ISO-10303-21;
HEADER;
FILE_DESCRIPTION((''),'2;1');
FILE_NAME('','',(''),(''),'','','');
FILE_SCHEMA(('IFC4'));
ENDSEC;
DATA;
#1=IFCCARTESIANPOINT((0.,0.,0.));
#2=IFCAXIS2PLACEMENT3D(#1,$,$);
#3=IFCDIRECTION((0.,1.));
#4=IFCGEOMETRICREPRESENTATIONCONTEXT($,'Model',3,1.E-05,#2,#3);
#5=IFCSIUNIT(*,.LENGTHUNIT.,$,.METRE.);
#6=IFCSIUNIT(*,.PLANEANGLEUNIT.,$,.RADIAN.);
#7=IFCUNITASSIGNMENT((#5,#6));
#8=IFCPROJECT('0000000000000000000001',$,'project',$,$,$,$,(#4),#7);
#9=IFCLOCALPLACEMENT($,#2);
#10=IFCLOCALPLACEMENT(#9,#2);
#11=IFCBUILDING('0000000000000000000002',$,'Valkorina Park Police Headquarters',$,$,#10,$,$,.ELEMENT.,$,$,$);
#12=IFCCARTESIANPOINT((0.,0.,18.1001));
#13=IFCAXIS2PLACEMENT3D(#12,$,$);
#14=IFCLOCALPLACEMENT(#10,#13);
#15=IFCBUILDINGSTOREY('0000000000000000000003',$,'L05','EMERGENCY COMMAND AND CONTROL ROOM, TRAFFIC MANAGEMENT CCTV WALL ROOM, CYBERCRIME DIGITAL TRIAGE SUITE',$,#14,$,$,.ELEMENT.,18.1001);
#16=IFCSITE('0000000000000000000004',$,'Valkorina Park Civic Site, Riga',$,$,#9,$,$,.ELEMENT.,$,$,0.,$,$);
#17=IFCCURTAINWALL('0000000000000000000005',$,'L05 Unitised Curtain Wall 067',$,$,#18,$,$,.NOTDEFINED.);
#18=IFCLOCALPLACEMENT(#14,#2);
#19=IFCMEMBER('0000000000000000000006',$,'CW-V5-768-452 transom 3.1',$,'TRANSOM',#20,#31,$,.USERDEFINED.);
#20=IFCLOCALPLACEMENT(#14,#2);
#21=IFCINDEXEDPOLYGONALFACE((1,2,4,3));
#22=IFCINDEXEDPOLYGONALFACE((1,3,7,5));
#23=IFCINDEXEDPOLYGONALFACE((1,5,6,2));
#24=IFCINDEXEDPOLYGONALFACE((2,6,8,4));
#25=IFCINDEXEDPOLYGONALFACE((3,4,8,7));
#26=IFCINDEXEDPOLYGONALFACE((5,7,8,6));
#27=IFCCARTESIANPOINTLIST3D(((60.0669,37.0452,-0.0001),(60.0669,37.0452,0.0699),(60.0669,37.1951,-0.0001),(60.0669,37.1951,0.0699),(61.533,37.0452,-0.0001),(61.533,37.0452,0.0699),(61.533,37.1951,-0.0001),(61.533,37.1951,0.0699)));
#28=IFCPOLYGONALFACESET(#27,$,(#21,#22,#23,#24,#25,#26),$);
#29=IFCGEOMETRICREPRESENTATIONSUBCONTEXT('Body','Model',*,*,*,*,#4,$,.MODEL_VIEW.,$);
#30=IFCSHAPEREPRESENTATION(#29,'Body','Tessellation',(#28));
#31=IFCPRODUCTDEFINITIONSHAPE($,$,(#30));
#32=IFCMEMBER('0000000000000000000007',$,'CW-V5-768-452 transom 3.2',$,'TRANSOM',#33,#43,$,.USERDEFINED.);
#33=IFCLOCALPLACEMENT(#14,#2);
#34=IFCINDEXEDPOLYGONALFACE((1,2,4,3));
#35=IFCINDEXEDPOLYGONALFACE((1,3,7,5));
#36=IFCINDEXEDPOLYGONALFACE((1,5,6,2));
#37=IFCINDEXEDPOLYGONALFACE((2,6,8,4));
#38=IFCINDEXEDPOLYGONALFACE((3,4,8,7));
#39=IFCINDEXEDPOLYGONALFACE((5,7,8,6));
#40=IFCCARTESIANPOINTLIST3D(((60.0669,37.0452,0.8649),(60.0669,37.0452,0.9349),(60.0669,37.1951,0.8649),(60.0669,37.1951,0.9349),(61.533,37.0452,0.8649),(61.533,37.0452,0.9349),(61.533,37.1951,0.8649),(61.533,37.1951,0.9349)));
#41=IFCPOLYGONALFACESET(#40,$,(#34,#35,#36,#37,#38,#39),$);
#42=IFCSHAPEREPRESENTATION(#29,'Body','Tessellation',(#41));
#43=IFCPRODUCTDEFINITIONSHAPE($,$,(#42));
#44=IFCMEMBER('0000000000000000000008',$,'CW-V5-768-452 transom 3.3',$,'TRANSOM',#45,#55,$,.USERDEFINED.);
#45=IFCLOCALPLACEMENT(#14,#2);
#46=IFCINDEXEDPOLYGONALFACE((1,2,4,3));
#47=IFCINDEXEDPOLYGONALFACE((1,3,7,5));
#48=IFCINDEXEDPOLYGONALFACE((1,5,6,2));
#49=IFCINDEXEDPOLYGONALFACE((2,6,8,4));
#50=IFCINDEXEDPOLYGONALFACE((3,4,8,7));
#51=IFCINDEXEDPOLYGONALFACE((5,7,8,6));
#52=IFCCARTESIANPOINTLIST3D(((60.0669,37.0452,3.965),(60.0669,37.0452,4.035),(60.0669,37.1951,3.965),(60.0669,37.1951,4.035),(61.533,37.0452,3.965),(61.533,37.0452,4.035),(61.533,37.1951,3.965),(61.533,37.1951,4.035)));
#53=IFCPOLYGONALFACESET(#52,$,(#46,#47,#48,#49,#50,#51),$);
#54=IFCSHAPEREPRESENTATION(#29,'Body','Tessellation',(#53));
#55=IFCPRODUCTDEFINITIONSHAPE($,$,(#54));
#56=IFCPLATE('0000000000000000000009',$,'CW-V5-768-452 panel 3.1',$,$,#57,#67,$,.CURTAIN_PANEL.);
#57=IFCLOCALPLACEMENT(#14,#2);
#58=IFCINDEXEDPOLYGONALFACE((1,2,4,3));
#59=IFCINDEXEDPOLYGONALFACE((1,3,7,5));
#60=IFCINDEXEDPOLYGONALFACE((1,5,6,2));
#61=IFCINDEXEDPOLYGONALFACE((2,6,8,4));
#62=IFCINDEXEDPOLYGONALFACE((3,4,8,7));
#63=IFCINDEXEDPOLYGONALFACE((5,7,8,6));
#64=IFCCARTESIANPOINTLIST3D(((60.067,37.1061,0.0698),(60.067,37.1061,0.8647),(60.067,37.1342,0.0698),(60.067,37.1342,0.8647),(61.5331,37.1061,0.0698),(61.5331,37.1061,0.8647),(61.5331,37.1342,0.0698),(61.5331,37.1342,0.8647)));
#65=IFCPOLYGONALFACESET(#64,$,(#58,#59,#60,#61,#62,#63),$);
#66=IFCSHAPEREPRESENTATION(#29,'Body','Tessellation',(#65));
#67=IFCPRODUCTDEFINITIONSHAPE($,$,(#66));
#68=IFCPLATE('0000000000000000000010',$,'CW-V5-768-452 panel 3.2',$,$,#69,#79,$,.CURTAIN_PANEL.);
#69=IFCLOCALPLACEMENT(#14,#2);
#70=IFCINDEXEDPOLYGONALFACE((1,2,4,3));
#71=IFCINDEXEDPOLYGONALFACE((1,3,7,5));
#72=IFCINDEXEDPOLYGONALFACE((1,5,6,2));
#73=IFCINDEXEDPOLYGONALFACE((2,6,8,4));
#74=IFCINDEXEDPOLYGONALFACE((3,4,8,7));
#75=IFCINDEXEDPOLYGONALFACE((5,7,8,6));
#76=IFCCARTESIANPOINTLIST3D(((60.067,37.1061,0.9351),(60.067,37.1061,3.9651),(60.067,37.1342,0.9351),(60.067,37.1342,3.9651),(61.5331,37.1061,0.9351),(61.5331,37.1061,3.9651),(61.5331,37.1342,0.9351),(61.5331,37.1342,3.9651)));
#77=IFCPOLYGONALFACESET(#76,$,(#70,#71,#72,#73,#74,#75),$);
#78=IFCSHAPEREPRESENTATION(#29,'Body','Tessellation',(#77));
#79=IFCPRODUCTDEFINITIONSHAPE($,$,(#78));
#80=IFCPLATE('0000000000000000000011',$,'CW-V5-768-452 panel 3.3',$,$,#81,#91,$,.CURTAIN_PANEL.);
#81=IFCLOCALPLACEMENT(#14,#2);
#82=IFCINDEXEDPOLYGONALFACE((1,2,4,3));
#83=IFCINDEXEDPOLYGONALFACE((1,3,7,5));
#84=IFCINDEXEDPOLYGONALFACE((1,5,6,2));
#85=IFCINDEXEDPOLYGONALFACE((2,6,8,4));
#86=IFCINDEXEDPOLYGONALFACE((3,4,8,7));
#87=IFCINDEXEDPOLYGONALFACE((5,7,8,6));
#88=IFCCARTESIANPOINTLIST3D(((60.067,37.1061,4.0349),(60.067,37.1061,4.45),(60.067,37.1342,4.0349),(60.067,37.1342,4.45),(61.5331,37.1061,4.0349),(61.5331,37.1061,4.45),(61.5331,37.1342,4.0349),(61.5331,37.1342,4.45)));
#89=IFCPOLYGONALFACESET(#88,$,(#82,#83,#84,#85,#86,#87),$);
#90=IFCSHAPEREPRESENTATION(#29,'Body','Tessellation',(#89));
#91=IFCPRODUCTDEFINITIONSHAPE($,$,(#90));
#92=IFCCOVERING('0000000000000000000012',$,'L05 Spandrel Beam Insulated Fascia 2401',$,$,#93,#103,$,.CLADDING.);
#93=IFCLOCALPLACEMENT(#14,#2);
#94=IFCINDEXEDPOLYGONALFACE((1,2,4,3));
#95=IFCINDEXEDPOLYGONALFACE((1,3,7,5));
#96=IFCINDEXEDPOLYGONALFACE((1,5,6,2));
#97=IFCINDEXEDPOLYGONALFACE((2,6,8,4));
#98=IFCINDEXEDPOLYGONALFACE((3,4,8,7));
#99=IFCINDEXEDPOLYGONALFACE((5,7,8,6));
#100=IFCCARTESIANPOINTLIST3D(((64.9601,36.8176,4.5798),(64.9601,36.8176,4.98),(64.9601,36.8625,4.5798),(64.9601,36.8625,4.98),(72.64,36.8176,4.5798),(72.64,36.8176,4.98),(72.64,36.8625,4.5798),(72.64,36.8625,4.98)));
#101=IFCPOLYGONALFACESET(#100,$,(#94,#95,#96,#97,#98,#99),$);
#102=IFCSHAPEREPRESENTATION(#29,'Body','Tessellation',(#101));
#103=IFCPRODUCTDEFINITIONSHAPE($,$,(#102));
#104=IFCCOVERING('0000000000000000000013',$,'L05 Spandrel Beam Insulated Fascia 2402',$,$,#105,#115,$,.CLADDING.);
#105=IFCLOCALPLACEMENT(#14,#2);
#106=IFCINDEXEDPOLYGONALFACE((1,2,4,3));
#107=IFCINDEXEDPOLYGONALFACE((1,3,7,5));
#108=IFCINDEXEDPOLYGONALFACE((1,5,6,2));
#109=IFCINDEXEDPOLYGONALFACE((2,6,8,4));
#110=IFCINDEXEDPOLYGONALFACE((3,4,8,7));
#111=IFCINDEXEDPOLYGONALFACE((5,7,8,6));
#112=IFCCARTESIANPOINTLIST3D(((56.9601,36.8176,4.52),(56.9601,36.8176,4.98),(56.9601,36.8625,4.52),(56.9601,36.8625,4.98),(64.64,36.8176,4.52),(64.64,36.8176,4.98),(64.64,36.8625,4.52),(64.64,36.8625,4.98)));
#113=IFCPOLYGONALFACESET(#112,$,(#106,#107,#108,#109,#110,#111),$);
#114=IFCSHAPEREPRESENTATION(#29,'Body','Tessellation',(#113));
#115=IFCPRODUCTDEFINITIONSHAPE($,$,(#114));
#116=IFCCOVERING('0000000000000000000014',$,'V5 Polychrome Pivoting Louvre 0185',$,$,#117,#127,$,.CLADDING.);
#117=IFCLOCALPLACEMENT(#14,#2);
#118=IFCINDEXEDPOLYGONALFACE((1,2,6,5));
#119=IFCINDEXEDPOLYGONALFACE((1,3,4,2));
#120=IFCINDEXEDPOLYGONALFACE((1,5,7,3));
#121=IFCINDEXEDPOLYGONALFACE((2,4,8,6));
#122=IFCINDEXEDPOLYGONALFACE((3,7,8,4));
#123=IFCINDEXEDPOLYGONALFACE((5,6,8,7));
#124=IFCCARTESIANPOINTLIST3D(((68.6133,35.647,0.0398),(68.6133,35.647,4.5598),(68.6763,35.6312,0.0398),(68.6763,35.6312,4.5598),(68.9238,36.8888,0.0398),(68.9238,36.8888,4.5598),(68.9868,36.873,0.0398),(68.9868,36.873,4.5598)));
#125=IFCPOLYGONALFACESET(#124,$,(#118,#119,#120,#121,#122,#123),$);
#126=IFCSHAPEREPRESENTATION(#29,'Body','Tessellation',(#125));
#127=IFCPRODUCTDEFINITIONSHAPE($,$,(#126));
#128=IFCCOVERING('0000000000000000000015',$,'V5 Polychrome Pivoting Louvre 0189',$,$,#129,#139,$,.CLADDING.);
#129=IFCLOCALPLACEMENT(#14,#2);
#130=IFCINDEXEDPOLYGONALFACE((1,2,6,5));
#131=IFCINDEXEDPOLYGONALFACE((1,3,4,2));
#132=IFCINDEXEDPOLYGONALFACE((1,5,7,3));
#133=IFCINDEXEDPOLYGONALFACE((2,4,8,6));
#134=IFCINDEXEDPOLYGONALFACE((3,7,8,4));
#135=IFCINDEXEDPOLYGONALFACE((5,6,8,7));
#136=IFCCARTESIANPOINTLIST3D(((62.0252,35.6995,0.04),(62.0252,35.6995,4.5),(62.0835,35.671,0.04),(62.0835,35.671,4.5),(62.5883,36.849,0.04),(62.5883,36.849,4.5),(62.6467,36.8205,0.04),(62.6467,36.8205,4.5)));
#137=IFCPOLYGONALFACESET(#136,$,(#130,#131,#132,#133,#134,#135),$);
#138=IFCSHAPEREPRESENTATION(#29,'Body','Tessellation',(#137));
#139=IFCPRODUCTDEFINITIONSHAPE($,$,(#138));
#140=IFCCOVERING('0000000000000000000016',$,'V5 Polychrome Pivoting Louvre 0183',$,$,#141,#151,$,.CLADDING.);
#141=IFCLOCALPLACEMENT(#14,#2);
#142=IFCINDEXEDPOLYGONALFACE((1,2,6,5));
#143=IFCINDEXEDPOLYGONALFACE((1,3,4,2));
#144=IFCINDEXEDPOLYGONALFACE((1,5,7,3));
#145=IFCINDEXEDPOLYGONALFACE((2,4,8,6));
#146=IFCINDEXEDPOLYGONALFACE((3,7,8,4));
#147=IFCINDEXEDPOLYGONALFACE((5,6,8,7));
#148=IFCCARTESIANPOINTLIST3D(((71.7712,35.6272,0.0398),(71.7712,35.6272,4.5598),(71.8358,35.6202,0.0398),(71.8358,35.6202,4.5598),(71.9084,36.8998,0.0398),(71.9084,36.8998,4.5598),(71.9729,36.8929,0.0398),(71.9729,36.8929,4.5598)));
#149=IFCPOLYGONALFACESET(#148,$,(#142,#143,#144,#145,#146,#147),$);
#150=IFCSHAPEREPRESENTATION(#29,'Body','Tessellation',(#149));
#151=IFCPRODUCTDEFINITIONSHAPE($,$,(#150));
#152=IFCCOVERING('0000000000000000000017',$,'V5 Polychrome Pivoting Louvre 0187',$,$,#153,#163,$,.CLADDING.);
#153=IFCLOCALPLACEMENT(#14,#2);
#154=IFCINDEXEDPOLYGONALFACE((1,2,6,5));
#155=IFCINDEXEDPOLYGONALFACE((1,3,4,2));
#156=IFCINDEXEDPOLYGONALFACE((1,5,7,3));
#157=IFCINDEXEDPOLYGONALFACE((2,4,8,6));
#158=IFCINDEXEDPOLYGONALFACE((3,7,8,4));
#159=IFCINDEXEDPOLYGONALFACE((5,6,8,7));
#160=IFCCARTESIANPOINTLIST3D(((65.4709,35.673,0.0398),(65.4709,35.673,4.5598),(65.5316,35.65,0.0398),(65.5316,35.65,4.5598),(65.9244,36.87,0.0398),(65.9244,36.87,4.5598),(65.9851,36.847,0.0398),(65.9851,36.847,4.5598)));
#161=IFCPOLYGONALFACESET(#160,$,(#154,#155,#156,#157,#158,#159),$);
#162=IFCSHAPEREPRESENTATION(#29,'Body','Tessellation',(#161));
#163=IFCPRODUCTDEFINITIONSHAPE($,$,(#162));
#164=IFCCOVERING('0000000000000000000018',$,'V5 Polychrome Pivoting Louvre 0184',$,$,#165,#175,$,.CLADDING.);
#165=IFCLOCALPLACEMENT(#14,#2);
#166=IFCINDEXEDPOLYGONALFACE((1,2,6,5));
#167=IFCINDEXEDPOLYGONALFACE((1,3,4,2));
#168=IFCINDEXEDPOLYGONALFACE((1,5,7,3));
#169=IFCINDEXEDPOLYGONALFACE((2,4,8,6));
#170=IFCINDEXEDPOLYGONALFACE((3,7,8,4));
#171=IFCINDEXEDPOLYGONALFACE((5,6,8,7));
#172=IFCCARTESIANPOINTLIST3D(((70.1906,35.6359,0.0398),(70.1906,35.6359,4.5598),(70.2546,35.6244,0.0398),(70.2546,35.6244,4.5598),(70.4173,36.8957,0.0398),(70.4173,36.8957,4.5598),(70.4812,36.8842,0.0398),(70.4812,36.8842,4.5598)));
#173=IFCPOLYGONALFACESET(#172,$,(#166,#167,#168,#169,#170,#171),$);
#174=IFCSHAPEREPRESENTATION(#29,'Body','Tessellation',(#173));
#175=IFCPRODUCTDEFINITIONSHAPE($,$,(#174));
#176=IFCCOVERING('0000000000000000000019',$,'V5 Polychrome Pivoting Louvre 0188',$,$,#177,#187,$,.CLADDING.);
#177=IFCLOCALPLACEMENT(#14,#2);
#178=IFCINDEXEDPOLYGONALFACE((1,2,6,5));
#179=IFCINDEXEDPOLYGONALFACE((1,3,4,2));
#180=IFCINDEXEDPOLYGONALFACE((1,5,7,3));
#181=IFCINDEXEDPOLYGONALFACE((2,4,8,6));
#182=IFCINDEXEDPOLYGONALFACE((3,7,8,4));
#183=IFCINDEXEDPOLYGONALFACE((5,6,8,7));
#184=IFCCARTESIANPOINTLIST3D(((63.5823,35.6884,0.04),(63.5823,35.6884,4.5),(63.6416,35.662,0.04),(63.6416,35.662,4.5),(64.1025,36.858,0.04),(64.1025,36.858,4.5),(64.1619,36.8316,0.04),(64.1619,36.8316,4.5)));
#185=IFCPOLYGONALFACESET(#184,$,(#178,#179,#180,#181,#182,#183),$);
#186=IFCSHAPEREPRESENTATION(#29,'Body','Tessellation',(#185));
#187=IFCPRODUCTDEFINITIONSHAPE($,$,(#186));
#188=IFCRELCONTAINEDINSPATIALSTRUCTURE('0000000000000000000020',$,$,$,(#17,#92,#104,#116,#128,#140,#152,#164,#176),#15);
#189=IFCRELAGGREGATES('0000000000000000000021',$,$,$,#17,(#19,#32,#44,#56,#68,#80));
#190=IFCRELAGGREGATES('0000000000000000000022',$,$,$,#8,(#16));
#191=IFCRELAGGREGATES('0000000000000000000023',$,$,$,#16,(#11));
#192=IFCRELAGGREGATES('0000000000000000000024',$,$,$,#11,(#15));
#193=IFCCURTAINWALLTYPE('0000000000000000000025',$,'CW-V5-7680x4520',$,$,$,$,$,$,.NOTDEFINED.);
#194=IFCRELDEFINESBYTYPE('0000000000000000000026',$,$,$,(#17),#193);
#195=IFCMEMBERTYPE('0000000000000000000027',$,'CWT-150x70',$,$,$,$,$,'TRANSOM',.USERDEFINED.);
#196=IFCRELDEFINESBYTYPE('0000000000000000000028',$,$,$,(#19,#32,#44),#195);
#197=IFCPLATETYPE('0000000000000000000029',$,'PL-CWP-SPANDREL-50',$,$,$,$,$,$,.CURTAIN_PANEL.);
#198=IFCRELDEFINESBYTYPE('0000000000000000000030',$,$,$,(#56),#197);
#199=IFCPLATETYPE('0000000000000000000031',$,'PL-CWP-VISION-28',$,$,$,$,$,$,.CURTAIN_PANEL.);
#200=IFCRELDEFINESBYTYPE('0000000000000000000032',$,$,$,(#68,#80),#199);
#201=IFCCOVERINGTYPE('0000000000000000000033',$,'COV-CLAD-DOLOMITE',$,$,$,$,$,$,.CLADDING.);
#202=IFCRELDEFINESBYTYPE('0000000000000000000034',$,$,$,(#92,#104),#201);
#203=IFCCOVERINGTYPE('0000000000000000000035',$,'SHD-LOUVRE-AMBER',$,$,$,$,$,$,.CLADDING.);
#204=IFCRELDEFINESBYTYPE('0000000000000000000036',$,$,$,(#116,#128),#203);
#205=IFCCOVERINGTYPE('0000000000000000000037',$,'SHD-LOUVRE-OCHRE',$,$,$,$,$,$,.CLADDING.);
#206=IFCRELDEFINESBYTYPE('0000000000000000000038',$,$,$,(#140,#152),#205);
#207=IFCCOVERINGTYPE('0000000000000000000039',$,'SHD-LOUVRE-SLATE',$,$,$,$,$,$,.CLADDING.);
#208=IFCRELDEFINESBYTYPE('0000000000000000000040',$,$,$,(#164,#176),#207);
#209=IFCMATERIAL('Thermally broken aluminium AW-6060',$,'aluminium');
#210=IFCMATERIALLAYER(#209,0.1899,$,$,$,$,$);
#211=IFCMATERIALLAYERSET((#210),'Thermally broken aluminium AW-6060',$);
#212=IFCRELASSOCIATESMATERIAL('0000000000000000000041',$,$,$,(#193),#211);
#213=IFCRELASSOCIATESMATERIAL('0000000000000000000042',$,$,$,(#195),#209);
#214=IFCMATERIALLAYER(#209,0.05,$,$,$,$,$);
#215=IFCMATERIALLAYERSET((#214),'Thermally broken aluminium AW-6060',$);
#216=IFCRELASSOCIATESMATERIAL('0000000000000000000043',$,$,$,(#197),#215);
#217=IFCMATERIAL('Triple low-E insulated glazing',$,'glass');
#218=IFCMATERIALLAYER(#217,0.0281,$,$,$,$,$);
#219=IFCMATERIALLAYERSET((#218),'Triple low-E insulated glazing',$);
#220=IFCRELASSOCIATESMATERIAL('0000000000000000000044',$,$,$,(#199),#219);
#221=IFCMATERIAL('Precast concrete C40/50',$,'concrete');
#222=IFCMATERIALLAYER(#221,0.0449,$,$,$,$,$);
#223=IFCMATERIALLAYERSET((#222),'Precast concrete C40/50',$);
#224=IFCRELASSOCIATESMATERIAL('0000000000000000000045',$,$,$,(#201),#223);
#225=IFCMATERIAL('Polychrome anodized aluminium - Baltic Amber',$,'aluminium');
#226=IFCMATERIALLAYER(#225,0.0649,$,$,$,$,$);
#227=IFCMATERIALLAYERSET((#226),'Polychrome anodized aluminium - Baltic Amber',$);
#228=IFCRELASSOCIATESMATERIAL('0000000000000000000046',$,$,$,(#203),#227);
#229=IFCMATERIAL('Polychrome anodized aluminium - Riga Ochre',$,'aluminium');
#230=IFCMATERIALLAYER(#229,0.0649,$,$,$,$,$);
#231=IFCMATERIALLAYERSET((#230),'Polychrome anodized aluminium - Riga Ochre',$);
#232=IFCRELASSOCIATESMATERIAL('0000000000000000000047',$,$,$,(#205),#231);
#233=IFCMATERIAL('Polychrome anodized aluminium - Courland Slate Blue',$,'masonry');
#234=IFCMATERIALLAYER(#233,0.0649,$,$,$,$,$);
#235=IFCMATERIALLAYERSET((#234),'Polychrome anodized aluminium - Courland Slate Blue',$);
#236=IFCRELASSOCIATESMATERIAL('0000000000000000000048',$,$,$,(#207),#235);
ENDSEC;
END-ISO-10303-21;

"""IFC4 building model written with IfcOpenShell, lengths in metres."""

from ifc_helpers import new_model, si_unit, direction, frame, frame_2d, origin, origin_2d, place, context, subcontext, project, spatial, rectangle, extrude, material, layer, layer_set, material_profile, profile_set, type_object, element, aggregate, save


model = new_model("IFC4")

# Units and contexts
model_context = context("Model", 3, precision=1e-05, world=origin(), true_north=direction((0.0, 1.0)))
body_context = subcontext(model_context, "Body", "Model", "MODEL_VIEW")
ifc_project = project(units=[si_unit("LENGTHUNIT", "METRE"), si_unit("PLANEANGLEUNIT", "RADIAN")], contexts=[model_context])

# Site, building, storey
site_placement = place(None, origin())
site = spatial("IfcSite", under=ifc_project, at=site_placement, Name="Valkorina Park Civic Site, Riga", CompositionType="ELEMENT", RefElevation=0.0)
building_placement = place(site_placement, origin())
building = spatial("IfcBuilding", under=site, at=building_placement, Name="Valkorina Park Police Headquarters", CompositionType="ELEMENT")
storey_placement = place(building_placement, frame((0.0, 0.0, 18.1001)))
storey = spatial("IfcBuildingStorey", under=building, at=storey_placement, Name="L05", Description="EMERGENCY COMMAND AND CONTROL ROOM, TRAFFIC MANAGEMENT CCTV WALL ROOM, CYBERCRIME DIGITAL TRIAGE SUITE", CompositionType="ELEMENT", Elevation=18.1001)

# Curtain wall, members, plates
ifc_material_1 = material(Name="Thermally broken aluminium AW-6060", Category="aluminium")
ifc_layer_1 = layer(ifc_material_1, 0.1899)
ifc_layer_set_1 = layer_set([ifc_layer_1], Name="Thermally broken aluminium AW-6060")
curtain_wall_type = type_object("IfcCurtainWallType", Name="CW-V5-7680x4520", PredefinedType="NOTDEFINED", material=ifc_layer_set_1)
curtain_wall_placement = place(storey_placement, origin())
curtain_wall = element("IfcCurtainWall", 1, at=curtain_wall_placement, inside=storey, type_object=curtain_wall_type, Name="L05 Unitised Curtain Wall 067", PredefinedType="NOTDEFINED")
ifc_material_profile_1 = material_profile(ifc_material_1, rectangle(XDim=0.1499, YDim=0.0701, at=origin_2d()), Name="CWT-02 150x70")
ifc_profile_set_1 = profile_set([ifc_material_profile_1], Name="Thermally broken aluminium AW-6060")
member_type = type_object("IfcMemberType", Name="CWT-150x70", ElementType="TRANSOM", PredefinedType="USERDEFINED", material=ifc_profile_set_1)
member_1_placement = place(storey_placement, frame((61.533, 37.1201, 0.0349), z_axis=(-1.0, 0.0, 0.0), x_axis=(0.0, -1.0, 0.0)))
member_1 = element("IfcMember", 2, at=member_1_placement, type_object=member_type, Name="CW-V5-768-452 transom 3.1", ObjectType="TRANSOM", PredefinedType="USERDEFINED", context=body_context, shape_type="SweptSolid", body=[
    extrude(rectangle(XDim=0.1499, YDim=0.0701, at=origin_2d()), origin(), (0.0, 0.0, 1.0), 1.4661),
])
member_2_placement = place(storey_placement, frame((61.533, 37.1201, 0.8999), z_axis=(-1.0, 0.0, 0.0), x_axis=(0.0, -1.0, 0.0)))
member_2 = element("IfcMember", 3, at=member_2_placement, type_object=member_type, Name="CW-V5-768-452 transom 3.2", ObjectType="TRANSOM", PredefinedType="USERDEFINED", context=body_context, shape_type="SweptSolid", body=[
    extrude(rectangle(XDim=0.1499, YDim=0.0701, at=origin_2d()), origin(), (0.0, 0.0, 1.0), 1.4661),
])
member_3_placement = place(storey_placement, frame((61.533, 37.1201, 4.0), z_axis=(-1.0, 0.0, 0.0), x_axis=(0.0, -1.0, 0.0)))
member_3 = element("IfcMember", 4, at=member_3_placement, type_object=member_type, Name="CW-V5-768-452 transom 3.3", ObjectType="TRANSOM", PredefinedType="USERDEFINED", context=body_context, shape_type="SweptSolid", body=[
    extrude(rectangle(XDim=0.1499, YDim=0.0701, at=origin_2d()), origin(), (0.0, 0.0, 1.0), 1.4661),
])
ifc_layer_2 = layer(ifc_material_1, 0.05)
ifc_layer_set_2 = layer_set([ifc_layer_2], Name="Thermally broken aluminium AW-6060")
plate_type_1 = type_object("IfcPlateType", Name="PL-CWP-SPANDREL-50", PredefinedType="CURTAIN_PANEL", material=ifc_layer_set_2)
plate_1_placement = place(storey_placement, frame((60.8, 37.1201, 0.0698), z_axis=(0.0, 0.0, 1.0), x_axis=(-1.0, 0.0, 0.0)))
plate_1 = element("IfcPlate", 5, at=plate_1_placement, type_object=plate_type_1, Name="CW-V5-768-452 panel 3.1", PredefinedType="CURTAIN_PANEL", context=body_context, shape_type="SweptSolid", body=[
    extrude(rectangle(XDim=1.4661, YDim=0.0281, at=origin_2d()), origin(), (0.0, 0.0, 1.0), 0.7949),
])
ifc_material_2 = material(Name="Triple low-E insulated glazing", Category="glass")
ifc_layer_3 = layer(ifc_material_2, 0.0281)
ifc_layer_set_3 = layer_set([ifc_layer_3], Name="Triple low-E insulated glazing")
plate_type_2 = type_object("IfcPlateType", Name="PL-CWP-VISION-28", PredefinedType="CURTAIN_PANEL", material=ifc_layer_set_3)
plate_2_placement = place(storey_placement, frame((60.8, 37.1201, 0.9351), z_axis=(0.0, 0.0, 1.0), x_axis=(-1.0, 0.0, 0.0)))
plate_2 = element("IfcPlate", 6, at=plate_2_placement, type_object=plate_type_2, Name="CW-V5-768-452 panel 3.2", PredefinedType="CURTAIN_PANEL", context=body_context, shape_type="SweptSolid", body=[
    extrude(rectangle(XDim=1.4661, YDim=0.0281, at=origin_2d()), origin(), (0.0, 0.0, 1.0), 3.03),
])
plate_3_placement = place(storey_placement, frame((60.8, 37.1201, 4.0349), z_axis=(0.0, 0.0, 1.0), x_axis=(-1.0, 0.0, 0.0)))
plate_3 = element("IfcPlate", 7, at=plate_3_placement, type_object=plate_type_2, Name="CW-V5-768-452 panel 3.3", PredefinedType="CURTAIN_PANEL", context=body_context, shape_type="SweptSolid", body=[
    extrude(rectangle(XDim=1.4661, YDim=0.0281, at=origin_2d()), origin(), (0.0, 0.0, 1.0), 0.415),
])
aggregate(curtain_wall, [member_1, member_2, member_3, plate_1, plate_2, plate_3])

# Coverings
ifc_material_3 = material(Name="Precast concrete C40/50", Category="concrete")
ifc_layer_4 = layer(ifc_material_3, 0.0449)
ifc_layer_set_4 = layer_set([ifc_layer_4], Name="Precast concrete C40/50")
covering_type_1 = type_object("IfcCoveringType", Name="COV-CLAD-DOLOMITE", PredefinedType="CLADDING", material=ifc_layer_set_4)
covering_1_placement = place(storey_placement, frame((72.6399, 36.8401, 4.5798), z_axis=(0.0, 0.0, 1.0), x_axis=(-1.0, 0.0, 0.0)))
element("IfcCovering", 8, at=covering_1_placement, inside=storey, type_object=covering_type_1, Name="L05 Spandrel Beam Insulated Fascia 2401", PredefinedType="CLADDING", context=body_context, shape_type="SweptSolid", body=[
    extrude(rectangle(XDim=7.6799, YDim=0.0449, at=frame_2d((3.8398, 0.0))), origin(), (0.0, 0.0, 1.0), 0.4001),
])
covering_2_placement = place(storey_placement, frame((64.6399, 36.8401, 4.52), z_axis=(0.0, 0.0, 1.0), x_axis=(-1.0, 0.0, 0.0)))
element("IfcCovering", 9, at=covering_2_placement, inside=storey, type_object=covering_type_1, Name="L05 Spandrel Beam Insulated Fascia 2402", PredefinedType="CLADDING", context=body_context, shape_type="SweptSolid", body=[
    extrude(rectangle(XDim=7.6799, YDim=0.0449, at=frame_2d((3.8398, 0.0))), origin(), (0.0, 0.0, 1.0), 0.46),
])
ifc_material_4 = material(Name="Polychrome anodized aluminium - Baltic Amber", Category="aluminium")
ifc_layer_5 = layer(ifc_material_4, 0.0649)
ifc_layer_set_5 = layer_set([ifc_layer_5], Name="Polychrome anodized aluminium - Baltic Amber")
covering_type_2 = type_object("IfcCoveringType", Name="SHD-LOUVRE-AMBER", PredefinedType="CLADDING", material=ifc_layer_set_5)
covering_3_placement = place(storey_placement, frame((68.8, 36.26, 0.0398), z_axis=(0.0, 0.0, 1.0), x_axis=(-0.242599, -0.970127, 0.0)))
element("IfcCovering", 10, at=covering_3_placement, inside=storey, type_object=covering_type_2, Name="V5 Polychrome Pivoting Louvre 0185", PredefinedType="CLADDING", context=body_context, shape_type="SweptSolid", body=[
    extrude(rectangle(XDim=1.28, YDim=0.0649, at=origin_2d()), origin(), (0.0, 0.0, 1.0), 4.52),
])
covering_4_placement = place(storey_placement, frame((62.3359, 36.26, 0.04), z_axis=(0.0, 0.0, 1.0), x_axis=(-0.439939, -0.898028, 0.0)))
element("IfcCovering", 11, at=covering_4_placement, inside=storey, type_object=covering_type_2, Name="V5 Polychrome Pivoting Louvre 0189", PredefinedType="CLADDING", context=body_context, shape_type="SweptSolid", body=[
    extrude(rectangle(XDim=1.28, YDim=0.0649, at=origin_2d()), origin(), (0.0, 0.0, 1.0), 4.46),
])
ifc_material_5 = material(Name="Polychrome anodized aluminium - Riga Ochre", Category="aluminium")
ifc_layer_6 = layer(ifc_material_5, 0.0649)
ifc_layer_set_6 = layer_set([ifc_layer_6], Name="Polychrome anodized aluminium - Riga Ochre")
covering_type_3 = type_object("IfcCoveringType", Name="SHD-LOUVRE-OCHRE", PredefinedType="CLADDING", material=ifc_layer_set_6)
for number, where, z_axis, x_axis, name in (
    (12, (71.8721, 36.26, 0.0398), (0.0, 0.0, 1.0), (-0.107132, -0.994245, 0.0), "V5 Polychrome Pivoting Louvre 0183"),
    (13, (65.728, 36.26, 0.0398), (0.0, 0.0, 1.0), (-0.354291, -0.935135, 0.0), "V5 Polychrome Pivoting Louvre 0187"),
):
    element("IfcCovering", number, at=place(storey_placement, frame(where, z_axis=z_axis, x_axis=x_axis)), inside=storey, type_object=covering_type_3, Name=name, PredefinedType="CLADDING", context=body_context, shape_type="SweptSolid", body=[
        extrude(rectangle(XDim=1.28, YDim=0.0649, at=origin_2d()), origin(), (0.0, 0.0, 1.0), 4.52),
    ])
ifc_material_6 = material(Name="Polychrome anodized aluminium - Courland Slate Blue", Category="masonry")
ifc_layer_7 = layer(ifc_material_6, 0.0649)
ifc_layer_set_7 = layer_set([ifc_layer_7], Name="Polychrome anodized aluminium - Courland Slate Blue")
covering_type_4 = type_object("IfcCoveringType", Name="SHD-LOUVRE-SLATE", PredefinedType="CLADDING", material=ifc_layer_set_7)
covering_5_placement = place(storey_placement, frame((70.3359, 36.26, 0.0398), z_axis=(0.0, 0.0, 1.0), x_axis=(-0.177085, -0.984196, 0.0)))
element("IfcCovering", 14, at=covering_5_placement, inside=storey, type_object=covering_type_4, Name="V5 Polychrome Pivoting Louvre 0184", PredefinedType="CLADDING", context=body_context, shape_type="SweptSolid", body=[
    extrude(rectangle(XDim=1.28, YDim=0.0649, at=origin_2d()), origin(), (0.0, 0.0, 1.0), 4.52),
])
covering_6_placement = place(storey_placement, frame((63.8721, 36.26, 0.04), z_axis=(0.0, 0.0, 1.0), x_axis=(-0.406418, -0.913687, 0.0)))
element("IfcCovering", 15, at=covering_6_placement, inside=storey, type_object=covering_type_4, Name="V5 Polychrome Pivoting Louvre 0188", PredefinedType="CLADDING", context=body_context, shape_type="SweptSolid", body=[
    extrude(rectangle(XDim=1.28, YDim=0.0649, at=origin_2d()), origin(), (0.0, 0.0, 1.0), 4.46),
])

save(model, "model.ifc")
